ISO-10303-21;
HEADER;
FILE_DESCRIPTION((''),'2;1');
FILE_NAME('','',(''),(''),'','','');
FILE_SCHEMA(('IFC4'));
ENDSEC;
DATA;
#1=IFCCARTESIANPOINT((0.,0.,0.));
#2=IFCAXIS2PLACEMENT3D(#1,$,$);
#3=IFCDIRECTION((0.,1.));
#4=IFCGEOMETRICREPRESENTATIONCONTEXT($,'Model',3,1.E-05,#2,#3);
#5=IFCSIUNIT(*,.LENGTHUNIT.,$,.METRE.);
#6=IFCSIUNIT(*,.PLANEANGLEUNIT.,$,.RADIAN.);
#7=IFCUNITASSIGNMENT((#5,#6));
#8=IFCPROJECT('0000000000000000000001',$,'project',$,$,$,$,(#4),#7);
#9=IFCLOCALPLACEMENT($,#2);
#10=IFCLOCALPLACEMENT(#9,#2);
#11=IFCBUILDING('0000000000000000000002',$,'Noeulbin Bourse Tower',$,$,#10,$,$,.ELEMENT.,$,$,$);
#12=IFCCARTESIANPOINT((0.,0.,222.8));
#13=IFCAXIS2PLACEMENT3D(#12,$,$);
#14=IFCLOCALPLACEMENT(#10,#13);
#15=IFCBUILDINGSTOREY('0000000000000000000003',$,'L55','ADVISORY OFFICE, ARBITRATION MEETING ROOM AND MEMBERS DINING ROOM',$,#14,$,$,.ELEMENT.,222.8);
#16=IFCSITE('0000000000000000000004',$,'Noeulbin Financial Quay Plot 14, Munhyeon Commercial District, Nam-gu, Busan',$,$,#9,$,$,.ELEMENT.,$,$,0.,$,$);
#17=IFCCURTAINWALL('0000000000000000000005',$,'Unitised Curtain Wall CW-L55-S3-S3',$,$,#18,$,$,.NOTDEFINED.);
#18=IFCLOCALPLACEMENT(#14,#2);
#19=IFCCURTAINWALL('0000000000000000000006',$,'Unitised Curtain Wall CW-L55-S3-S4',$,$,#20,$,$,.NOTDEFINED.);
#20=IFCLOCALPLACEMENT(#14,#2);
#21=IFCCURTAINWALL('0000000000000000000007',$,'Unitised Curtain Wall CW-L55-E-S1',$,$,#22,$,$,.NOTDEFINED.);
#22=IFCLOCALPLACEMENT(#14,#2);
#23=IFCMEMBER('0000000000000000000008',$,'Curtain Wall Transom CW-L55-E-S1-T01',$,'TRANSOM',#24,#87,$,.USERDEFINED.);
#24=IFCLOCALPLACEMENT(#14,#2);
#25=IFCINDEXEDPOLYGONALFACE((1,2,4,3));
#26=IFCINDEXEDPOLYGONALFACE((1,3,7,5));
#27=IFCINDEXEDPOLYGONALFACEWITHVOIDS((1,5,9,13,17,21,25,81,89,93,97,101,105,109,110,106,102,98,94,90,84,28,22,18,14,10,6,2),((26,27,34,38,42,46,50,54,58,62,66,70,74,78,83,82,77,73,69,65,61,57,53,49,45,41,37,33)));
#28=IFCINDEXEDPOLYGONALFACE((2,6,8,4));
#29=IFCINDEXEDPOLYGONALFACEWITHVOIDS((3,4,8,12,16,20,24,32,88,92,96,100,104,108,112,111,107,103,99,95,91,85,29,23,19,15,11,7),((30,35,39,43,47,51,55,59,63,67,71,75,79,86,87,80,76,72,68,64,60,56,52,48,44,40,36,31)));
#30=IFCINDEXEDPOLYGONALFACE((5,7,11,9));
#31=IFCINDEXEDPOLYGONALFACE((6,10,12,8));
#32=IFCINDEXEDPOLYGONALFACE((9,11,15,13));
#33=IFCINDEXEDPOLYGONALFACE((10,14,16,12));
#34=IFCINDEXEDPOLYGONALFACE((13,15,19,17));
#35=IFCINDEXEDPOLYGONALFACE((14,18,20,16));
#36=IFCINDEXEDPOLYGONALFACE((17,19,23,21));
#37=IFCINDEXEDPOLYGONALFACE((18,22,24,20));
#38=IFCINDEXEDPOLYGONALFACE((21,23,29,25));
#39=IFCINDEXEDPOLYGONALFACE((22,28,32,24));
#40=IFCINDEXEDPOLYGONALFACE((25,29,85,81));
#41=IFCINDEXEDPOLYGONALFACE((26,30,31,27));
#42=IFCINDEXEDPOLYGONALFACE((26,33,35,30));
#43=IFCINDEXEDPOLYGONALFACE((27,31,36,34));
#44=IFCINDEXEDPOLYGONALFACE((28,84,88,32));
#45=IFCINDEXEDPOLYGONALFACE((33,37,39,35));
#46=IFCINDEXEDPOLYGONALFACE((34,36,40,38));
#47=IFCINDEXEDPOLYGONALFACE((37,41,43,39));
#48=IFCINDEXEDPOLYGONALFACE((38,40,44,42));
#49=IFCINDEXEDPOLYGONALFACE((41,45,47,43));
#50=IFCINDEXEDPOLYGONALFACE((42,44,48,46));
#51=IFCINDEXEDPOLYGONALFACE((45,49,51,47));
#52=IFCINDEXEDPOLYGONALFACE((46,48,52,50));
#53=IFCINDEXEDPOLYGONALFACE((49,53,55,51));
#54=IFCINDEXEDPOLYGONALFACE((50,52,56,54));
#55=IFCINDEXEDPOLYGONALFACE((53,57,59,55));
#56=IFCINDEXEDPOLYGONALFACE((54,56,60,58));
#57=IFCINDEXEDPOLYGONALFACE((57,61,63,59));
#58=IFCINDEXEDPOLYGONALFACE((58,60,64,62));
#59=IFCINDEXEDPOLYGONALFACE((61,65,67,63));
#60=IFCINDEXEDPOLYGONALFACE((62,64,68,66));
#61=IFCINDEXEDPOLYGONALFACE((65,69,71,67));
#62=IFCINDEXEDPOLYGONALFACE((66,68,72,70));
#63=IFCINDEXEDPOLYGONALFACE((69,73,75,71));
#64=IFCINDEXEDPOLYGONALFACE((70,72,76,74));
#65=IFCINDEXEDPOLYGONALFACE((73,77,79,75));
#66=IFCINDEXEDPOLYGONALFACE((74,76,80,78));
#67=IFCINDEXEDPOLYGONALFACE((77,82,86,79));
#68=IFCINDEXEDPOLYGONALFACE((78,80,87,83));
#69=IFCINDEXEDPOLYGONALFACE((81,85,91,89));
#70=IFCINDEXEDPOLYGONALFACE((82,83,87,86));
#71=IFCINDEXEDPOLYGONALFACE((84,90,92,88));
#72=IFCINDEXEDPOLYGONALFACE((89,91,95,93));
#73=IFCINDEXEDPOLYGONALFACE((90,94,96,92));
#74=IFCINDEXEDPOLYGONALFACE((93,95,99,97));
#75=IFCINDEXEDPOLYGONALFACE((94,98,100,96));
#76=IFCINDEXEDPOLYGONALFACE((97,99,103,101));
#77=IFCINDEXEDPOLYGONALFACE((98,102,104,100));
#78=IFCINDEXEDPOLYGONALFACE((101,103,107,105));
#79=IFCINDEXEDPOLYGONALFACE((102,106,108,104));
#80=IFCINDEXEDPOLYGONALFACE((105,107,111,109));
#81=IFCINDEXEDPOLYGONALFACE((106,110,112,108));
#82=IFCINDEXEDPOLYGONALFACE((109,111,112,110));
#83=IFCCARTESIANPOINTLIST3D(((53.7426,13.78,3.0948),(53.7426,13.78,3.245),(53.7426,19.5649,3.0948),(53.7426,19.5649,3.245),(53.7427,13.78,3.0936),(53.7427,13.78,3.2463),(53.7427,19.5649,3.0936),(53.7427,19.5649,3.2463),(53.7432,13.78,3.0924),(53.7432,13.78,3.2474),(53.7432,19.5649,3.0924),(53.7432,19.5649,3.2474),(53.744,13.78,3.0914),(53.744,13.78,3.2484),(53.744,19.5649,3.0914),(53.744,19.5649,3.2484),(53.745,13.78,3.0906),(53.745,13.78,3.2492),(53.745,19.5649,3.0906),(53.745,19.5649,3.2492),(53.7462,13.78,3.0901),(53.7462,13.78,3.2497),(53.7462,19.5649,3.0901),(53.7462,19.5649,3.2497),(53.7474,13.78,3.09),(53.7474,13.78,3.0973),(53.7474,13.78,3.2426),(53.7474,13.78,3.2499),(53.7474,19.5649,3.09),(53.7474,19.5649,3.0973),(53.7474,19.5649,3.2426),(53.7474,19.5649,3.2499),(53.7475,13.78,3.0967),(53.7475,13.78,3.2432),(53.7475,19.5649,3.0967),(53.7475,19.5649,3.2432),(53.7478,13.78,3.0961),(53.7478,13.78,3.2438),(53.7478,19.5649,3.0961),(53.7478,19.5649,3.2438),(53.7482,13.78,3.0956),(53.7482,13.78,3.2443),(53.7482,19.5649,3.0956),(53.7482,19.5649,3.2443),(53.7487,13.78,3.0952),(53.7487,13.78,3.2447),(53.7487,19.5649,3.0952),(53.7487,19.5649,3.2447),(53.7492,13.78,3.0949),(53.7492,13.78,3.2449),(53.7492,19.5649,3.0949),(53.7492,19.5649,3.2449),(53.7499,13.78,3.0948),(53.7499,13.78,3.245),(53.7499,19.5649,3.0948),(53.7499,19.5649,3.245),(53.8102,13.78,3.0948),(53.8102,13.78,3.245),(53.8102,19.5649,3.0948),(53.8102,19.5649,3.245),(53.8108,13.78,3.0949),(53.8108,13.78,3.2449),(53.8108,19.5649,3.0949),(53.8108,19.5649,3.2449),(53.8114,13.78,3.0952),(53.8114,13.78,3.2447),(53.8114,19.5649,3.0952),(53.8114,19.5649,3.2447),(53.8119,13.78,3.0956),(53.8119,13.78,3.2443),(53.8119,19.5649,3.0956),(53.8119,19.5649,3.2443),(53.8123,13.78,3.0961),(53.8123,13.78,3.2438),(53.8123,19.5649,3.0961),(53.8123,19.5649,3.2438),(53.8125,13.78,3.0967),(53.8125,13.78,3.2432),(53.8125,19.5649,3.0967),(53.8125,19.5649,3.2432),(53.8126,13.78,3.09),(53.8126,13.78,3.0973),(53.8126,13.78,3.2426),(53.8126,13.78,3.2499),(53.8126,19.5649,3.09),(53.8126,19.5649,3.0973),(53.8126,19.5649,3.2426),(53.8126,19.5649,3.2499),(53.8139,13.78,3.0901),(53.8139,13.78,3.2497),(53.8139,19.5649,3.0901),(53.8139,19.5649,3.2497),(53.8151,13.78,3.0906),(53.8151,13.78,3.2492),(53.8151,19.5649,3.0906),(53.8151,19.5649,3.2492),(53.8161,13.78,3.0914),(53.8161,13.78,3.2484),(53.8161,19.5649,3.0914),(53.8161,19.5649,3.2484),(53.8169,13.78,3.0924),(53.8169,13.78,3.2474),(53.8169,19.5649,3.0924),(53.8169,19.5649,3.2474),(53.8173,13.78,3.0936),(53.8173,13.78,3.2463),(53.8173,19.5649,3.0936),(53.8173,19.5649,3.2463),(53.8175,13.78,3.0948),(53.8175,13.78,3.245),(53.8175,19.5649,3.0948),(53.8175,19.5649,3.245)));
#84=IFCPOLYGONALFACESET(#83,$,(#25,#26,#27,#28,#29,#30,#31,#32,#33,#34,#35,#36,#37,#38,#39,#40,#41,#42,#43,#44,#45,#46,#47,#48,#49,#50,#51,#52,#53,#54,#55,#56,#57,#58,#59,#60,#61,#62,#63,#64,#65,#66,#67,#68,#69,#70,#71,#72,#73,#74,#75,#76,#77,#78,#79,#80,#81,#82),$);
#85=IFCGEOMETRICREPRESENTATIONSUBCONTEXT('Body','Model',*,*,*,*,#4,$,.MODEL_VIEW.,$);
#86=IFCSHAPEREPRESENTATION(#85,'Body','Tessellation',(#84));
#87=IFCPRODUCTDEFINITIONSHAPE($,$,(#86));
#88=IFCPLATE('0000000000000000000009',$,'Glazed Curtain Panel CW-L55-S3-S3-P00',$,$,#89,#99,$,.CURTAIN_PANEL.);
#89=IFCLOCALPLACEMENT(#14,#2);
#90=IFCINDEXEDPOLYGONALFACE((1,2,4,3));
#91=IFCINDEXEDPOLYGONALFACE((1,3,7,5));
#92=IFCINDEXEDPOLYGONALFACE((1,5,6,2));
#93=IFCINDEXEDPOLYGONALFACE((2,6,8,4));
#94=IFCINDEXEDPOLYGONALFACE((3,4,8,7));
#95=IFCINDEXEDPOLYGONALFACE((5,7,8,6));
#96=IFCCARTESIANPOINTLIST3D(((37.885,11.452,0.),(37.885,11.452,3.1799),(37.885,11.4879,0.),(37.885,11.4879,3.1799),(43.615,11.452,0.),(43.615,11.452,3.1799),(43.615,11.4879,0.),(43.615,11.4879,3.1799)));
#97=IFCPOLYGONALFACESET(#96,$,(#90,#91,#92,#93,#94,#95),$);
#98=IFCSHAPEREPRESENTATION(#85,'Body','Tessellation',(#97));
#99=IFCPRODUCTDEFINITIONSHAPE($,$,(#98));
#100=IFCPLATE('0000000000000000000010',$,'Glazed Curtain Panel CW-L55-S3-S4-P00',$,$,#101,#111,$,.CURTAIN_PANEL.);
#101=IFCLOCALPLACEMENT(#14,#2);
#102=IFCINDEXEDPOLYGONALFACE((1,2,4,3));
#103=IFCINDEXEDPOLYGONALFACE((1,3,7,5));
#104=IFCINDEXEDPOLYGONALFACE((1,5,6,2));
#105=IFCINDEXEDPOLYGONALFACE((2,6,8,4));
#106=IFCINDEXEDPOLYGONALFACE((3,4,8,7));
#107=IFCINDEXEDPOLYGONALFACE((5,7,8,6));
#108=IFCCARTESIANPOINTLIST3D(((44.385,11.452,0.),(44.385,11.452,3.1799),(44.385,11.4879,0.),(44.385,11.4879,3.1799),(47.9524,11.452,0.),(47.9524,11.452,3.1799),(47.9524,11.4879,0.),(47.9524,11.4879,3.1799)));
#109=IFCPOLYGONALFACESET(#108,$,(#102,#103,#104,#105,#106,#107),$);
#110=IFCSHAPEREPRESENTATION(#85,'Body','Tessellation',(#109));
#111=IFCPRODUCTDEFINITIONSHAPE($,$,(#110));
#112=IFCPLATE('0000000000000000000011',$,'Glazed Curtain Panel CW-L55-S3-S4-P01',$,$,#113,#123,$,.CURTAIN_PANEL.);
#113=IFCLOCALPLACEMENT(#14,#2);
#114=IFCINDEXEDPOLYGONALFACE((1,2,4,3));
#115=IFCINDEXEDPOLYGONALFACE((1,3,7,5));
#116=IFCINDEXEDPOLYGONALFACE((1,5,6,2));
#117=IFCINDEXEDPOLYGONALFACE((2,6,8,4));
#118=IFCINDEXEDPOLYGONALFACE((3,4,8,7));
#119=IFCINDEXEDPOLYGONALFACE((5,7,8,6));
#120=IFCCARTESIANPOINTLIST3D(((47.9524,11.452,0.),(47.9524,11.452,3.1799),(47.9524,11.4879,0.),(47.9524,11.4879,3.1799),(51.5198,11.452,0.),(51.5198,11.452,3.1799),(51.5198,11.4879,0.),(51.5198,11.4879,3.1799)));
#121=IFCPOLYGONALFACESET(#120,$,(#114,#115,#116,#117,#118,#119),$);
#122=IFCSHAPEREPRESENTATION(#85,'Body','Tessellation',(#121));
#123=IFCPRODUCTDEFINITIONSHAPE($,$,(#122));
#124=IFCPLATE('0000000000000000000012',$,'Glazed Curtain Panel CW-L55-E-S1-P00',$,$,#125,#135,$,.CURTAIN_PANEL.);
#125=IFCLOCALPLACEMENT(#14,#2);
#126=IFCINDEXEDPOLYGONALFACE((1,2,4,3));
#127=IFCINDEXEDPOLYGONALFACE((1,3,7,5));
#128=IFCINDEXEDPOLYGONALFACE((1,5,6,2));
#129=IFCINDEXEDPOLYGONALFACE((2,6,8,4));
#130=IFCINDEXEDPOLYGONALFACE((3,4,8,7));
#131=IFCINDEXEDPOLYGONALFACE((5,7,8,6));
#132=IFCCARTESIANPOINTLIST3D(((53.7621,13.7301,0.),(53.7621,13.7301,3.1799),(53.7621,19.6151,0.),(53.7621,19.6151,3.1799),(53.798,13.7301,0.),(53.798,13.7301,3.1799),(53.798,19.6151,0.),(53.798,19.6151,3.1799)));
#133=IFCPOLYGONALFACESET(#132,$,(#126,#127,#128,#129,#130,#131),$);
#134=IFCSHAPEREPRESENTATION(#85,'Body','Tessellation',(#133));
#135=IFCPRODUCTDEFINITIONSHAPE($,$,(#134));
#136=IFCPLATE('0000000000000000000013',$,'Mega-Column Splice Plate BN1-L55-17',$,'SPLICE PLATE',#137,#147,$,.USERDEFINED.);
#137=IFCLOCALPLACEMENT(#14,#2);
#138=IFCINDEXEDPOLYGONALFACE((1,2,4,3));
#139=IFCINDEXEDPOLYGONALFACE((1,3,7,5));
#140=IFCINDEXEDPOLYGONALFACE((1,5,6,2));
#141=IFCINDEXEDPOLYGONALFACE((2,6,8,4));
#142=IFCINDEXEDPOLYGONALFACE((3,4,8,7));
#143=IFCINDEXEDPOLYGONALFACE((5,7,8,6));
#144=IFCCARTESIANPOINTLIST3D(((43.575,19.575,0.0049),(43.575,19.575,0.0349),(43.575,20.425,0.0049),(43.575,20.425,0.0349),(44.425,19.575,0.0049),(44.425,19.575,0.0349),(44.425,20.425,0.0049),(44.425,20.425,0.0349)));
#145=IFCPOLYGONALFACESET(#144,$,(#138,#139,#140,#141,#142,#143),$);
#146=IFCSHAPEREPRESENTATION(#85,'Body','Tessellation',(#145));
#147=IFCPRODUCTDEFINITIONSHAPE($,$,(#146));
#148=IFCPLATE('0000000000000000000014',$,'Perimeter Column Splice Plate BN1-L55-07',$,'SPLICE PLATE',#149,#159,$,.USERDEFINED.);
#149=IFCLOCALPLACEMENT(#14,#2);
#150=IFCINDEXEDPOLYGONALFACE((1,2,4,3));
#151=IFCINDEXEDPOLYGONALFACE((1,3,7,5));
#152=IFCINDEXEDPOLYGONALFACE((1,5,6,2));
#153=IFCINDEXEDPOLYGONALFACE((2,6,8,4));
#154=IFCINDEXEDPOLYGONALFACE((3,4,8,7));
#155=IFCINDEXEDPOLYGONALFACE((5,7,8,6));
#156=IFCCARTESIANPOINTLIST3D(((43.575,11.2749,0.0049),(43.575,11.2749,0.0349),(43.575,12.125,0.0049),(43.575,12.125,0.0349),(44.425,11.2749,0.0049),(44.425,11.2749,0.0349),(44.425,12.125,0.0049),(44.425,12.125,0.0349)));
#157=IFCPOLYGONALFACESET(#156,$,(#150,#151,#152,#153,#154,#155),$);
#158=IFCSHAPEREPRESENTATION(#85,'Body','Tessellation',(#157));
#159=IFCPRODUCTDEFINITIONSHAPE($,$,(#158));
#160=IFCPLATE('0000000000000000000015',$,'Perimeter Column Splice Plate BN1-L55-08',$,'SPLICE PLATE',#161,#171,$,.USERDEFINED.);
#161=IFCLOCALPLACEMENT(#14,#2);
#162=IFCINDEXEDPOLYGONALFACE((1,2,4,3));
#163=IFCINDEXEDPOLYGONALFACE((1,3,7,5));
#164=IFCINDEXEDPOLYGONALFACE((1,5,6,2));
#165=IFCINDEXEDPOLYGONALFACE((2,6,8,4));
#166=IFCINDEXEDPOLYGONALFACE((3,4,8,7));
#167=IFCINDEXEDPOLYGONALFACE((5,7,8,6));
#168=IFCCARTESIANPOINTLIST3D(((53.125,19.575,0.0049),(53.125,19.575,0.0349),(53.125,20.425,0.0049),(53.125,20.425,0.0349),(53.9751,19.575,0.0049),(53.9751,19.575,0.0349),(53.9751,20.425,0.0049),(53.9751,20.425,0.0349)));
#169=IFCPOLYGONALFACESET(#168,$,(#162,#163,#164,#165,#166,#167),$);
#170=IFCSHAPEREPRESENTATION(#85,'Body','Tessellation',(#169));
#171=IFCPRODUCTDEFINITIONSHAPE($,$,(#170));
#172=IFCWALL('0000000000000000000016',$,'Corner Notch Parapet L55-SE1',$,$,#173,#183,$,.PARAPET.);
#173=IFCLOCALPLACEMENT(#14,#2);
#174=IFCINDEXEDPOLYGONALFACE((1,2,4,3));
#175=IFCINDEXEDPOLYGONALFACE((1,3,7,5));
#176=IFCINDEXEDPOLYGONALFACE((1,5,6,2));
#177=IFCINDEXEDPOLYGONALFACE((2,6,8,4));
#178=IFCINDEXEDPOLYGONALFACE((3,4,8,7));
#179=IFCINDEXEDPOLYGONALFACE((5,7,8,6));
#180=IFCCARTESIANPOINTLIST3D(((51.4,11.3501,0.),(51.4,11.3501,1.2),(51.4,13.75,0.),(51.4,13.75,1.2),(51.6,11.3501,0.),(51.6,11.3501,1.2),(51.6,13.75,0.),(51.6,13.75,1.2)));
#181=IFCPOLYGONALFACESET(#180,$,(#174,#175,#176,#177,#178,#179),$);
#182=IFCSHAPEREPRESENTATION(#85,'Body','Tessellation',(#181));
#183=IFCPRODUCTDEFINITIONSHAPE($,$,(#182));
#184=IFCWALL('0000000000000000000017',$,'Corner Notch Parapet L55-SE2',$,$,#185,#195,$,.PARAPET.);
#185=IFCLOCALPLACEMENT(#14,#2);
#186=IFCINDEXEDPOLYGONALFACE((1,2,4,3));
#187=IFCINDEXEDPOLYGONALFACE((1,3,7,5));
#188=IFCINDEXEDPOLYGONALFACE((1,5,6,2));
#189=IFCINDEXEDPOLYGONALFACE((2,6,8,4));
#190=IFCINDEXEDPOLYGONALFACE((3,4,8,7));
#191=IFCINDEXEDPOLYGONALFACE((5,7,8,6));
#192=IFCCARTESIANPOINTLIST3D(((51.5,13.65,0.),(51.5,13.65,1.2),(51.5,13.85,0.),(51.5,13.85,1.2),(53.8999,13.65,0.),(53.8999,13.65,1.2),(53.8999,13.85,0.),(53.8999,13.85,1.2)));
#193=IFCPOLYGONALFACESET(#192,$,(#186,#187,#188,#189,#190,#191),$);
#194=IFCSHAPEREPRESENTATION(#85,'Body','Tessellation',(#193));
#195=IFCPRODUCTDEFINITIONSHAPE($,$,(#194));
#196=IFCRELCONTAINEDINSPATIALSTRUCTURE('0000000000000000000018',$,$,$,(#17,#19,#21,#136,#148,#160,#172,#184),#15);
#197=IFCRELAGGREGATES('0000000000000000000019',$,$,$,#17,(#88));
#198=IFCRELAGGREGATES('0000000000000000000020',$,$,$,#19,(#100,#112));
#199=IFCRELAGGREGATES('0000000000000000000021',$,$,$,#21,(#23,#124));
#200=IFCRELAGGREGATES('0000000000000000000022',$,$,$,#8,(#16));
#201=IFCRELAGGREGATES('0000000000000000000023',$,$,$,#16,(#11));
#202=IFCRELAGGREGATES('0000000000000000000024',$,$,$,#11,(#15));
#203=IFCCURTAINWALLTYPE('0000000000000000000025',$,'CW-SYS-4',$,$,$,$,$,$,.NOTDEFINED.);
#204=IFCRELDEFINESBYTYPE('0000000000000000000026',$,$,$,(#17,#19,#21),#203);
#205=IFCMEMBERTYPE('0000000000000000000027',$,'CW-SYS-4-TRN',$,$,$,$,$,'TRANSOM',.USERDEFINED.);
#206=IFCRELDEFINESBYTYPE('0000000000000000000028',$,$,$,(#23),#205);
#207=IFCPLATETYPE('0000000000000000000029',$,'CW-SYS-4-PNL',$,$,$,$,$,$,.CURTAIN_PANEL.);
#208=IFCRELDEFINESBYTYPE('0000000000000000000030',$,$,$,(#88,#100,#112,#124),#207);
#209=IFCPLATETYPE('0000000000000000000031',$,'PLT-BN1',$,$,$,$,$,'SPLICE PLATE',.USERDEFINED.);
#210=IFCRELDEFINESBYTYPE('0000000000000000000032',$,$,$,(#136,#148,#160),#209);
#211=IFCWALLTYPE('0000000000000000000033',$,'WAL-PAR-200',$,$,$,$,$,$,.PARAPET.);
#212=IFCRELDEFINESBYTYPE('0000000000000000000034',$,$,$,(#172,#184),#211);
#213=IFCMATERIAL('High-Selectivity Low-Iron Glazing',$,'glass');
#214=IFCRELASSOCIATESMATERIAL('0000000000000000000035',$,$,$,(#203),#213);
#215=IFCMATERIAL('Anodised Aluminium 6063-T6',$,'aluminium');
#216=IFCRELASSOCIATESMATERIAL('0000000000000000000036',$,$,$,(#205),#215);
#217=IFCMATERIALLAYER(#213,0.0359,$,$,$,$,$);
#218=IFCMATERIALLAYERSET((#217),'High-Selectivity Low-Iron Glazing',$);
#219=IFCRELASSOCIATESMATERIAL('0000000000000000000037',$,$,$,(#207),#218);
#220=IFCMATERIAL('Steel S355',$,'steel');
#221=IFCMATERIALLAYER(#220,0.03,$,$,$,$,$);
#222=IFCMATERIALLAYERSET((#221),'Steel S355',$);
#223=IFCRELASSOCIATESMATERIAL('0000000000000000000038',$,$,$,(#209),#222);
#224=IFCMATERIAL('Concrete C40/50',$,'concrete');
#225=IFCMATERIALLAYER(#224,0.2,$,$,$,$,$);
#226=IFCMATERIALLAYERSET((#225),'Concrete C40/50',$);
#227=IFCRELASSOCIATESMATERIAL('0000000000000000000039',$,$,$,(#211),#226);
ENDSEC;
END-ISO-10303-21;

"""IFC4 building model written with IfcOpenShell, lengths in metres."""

from ifc_helpers import new_model, si_unit, direction, frame, frame_2d, origin, origin_2d, place, context, subcontext, project, spatial, rectangle, hollow_rectangle, extrude, material, layer, layer_set, material_profile, profile_set, type_object, element, aggregate, save


model = new_model("IFC4")

# Units and contexts
model_context = context("Model", 3, precision=1e-05, world=origin(), true_north=direction((0.0, 1.0)))
body_context = subcontext(model_context, "Body", "Model", "MODEL_VIEW")
ifc_project = project(units=[si_unit("LENGTHUNIT", "METRE"), si_unit("PLANEANGLEUNIT", "RADIAN")], contexts=[model_context])

# Site, building, storey
site_placement = place(None, origin())
site = spatial("IfcSite", under=ifc_project, at=site_placement, Name="Noeulbin Financial Quay Plot 14, Munhyeon Commercial District, Nam-gu, Busan", CompositionType="ELEMENT", RefElevation=0.0)
building_placement = place(site_placement, origin())
building = spatial("IfcBuilding", under=site, at=building_placement, Name="Noeulbin Bourse Tower", CompositionType="ELEMENT")
storey_placement = place(building_placement, frame((0.0, 0.0, 222.8)))
storey = spatial("IfcBuildingStorey", under=building, at=storey_placement, Name="L55", Description="ADVISORY OFFICE, ARBITRATION MEETING ROOM AND MEMBERS DINING ROOM", CompositionType="ELEMENT", Elevation=222.8)

# Shared definitions
ifc_material_1 = material(Name="Steel S355", Category="steel")

# Curtain walls
ifc_material_2 = material(Name="High-Selectivity Low-Iron Glazing", Category="glass")
curtain_wall_type = type_object("IfcCurtainWallType", Name="CW-SYS-4", PredefinedType="NOTDEFINED", material=ifc_material_2)
curtain_wall_1_placement = place(storey_placement, origin())
curtain_wall_1 = element("IfcCurtainWall", 1, at=curtain_wall_1_placement, inside=storey, type_object=curtain_wall_type, Name="Unitised Curtain Wall CW-L55-S3-S3", PredefinedType="NOTDEFINED")
ifc_material_3 = material(Name="Anodised Aluminium 6063-T6", Category="aluminium")
curtain_wall_2_placement = place(storey_placement, origin())
curtain_wall_2 = element("IfcCurtainWall", 2, at=curtain_wall_2_placement, inside=storey, type_object=curtain_wall_type, Name="Unitised Curtain Wall CW-L55-S3-S4", PredefinedType="NOTDEFINED")
curtain_wall_3_placement = place(storey_placement, origin())
curtain_wall_3 = element("IfcCurtainWall", 3, at=curtain_wall_3_placement, inside=storey, type_object=curtain_wall_type, Name="Unitised Curtain Wall CW-L55-E-S1", PredefinedType="NOTDEFINED")

# Member
ifc_material_profile_1 = material_profile(ifc_material_3, hollow_rectangle(XDim=0.075, YDim=0.1599, WallThickness=0.0049, InnerFilletRadius=0.0024, OuterFilletRadius=0.0049, at=origin_2d()), Name="ALU-TRAN-75x160x5", Category="LoadBearing")
ifc_profile_set_1 = profile_set([ifc_material_profile_1], Name="Anodised Aluminium 6063-T6")
member_type_1 = type_object("IfcMemberType", Name="CW-SYS-4-TRN", ElementType="TRANSOM", PredefinedType="USERDEFINED", material=ifc_profile_set_1)
member_1_placement = place(storey_placement, frame((53.78, 13.78, 3.1699), z_axis=(0.0, 1.0, 0.0), x_axis=(-1.0, 0.0, 0.0)))
member_1 = element("IfcMember", 4, at=member_1_placement, type_object=member_type_1, Name="Curtain Wall Transom CW-L55-E-S1-T01", ObjectType="TRANSOM", PredefinedType="USERDEFINED", context=body_context, shape_type="SweptSolid", body=[
    extrude(hollow_rectangle(XDim=0.075, YDim=0.1599, WallThickness=0.0049, InnerFilletRadius=0.0024, OuterFilletRadius=0.0049, at=origin_2d()), origin(), (0.0, 0.0, 1.0), 5.7849),
])

# Plates
ifc_layer_1 = layer(ifc_material_2, 0.0359)
ifc_layer_set_1 = layer_set([ifc_layer_1], Name="High-Selectivity Low-Iron Glazing")
plate_type_1 = type_object("IfcPlateType", Name="CW-SYS-4-PNL", PredefinedType="CURTAIN_PANEL", material=ifc_layer_set_1)
plate_1_placement = place(storey_placement, frame((40.75, 11.47, 0.0), z_axis=(0.0, 0.0, 1.0), x_axis=(1.0, 0.0, 0.0)))
plate_1 = element("IfcPlate", 5, at=plate_1_placement, type_object=plate_type_1, Name="Glazed Curtain Panel CW-L55-S3-S3-P00", PredefinedType="CURTAIN_PANEL", context=body_context, shape_type="SweptSolid", body=[
    extrude(rectangle(XDim=5.73, YDim=0.0359, at=origin_2d()), origin(), (0.0, 0.0, 1.0), 3.1799),
])
aggregate(curtain_wall_1, [plate_1])
plate_2_placement = place(storey_placement, frame((46.1687, 11.47, 0.0), z_axis=(0.0, 0.0, 1.0), x_axis=(1.0, 0.0, 0.0)))
plate_2 = element("IfcPlate", 6, at=plate_2_placement, type_object=plate_type_1, Name="Glazed Curtain Panel CW-L55-S3-S4-P00", PredefinedType="CURTAIN_PANEL", context=body_context, shape_type="SweptSolid", body=[
    extrude(rectangle(XDim=3.5674, YDim=0.0359, at=origin_2d()), origin(), (0.0, 0.0, 1.0), 3.1799),
])
plate_3_placement = place(storey_placement, frame((49.7361, 11.47, 0.0), z_axis=(0.0, 0.0, 1.0), x_axis=(1.0, 0.0, 0.0)))
plate_3 = element("IfcPlate", 7, at=plate_3_placement, type_object=plate_type_1, Name="Glazed Curtain Panel CW-L55-S3-S4-P01", PredefinedType="CURTAIN_PANEL", context=body_context, shape_type="SweptSolid", body=[
    extrude(rectangle(XDim=3.5674, YDim=0.0359, at=origin_2d()), origin(), (0.0, 0.0, 1.0), 3.1799),
])
aggregate(curtain_wall_2, [plate_2, plate_3])
plate_4_placement = place(storey_placement, frame((53.78, 16.6726, 0.0), z_axis=(0.0, 0.0, 1.0), x_axis=(0.0, 1.0, 0.0)))
plate_4 = element("IfcPlate", 8, at=plate_4_placement, type_object=plate_type_1, Name="Glazed Curtain Panel CW-L55-E-S1-P00", PredefinedType="CURTAIN_PANEL", context=body_context, shape_type="SweptSolid", body=[
    extrude(rectangle(XDim=5.885, YDim=0.0359, at=origin_2d()), origin(), (0.0, 0.0, 1.0), 3.1799),
])
aggregate(curtain_wall_3, [member_1, plate_4])

# Plates
ifc_layer_2 = layer(ifc_material_1, 0.03)
ifc_layer_set_2 = layer_set([ifc_layer_2], Name="Steel S355")
plate_type_2 = type_object("IfcPlateType", Name="PLT-BN1", ElementType="SPLICE PLATE", PredefinedType="USERDEFINED", material=ifc_layer_set_2)
for number, where, z_axis, x_axis, name in (
    (9, (44.0, 20.0, 0.0049), (0.0, 0.0, 1.0), (1.0, 0.0, 0.0), "Mega-Column Splice Plate BN1-L55-17"),
    (10, (44.0, 11.7, 0.0049), (0.0, 0.0, 1.0), (1.0, 0.0, 0.0), "Perimeter Column Splice Plate BN1-L55-07"),
    (11, (53.55, 20.0, 0.0049), (0.0, 0.0, 1.0), (1.0, 0.0, 0.0), "Perimeter Column Splice Plate BN1-L55-08"),
):
    element("IfcPlate", number, at=place(storey_placement, frame(where, z_axis=z_axis, x_axis=x_axis)), inside=storey, type_object=plate_type_2, Name=name, ObjectType="SPLICE PLATE", PredefinedType="USERDEFINED", context=body_context, shape_type="SweptSolid", body=[
        extrude(rectangle(XDim=0.8501, YDim=0.8501, at=origin_2d()), origin(), (0.0, 0.0, 1.0), 0.03),
    ])

# Walls
ifc_material_4 = material(Name="Concrete C40/50", Category="concrete")
ifc_layer_3 = layer(ifc_material_4, 0.2)
ifc_layer_set_3 = layer_set([ifc_layer_3], Name="Concrete C40/50")
wall_type_1 = type_object("IfcWallType", Name="WAL-PAR-200", PredefinedType="PARAPET", material=ifc_layer_set_3)
for number, where, z_axis, x_axis, name in (
    (12, (51.5, 11.3501, 0.0), (0.0, 0.0, 1.0), (0.0, 1.0, 0.0), "Corner Notch Parapet L55-SE1"),
    (13, (51.5, 13.75, 0.0), (0.0, 0.0, 1.0), (1.0, 0.0, 0.0), "Corner Notch Parapet L55-SE2"),
):
    element("IfcWall", number, at=place(storey_placement, frame(where, z_axis=z_axis, x_axis=x_axis)), inside=storey, type_object=wall_type_1, Name=name, PredefinedType="PARAPET", context=body_context, shape_type="SweptSolid", body=[
        extrude(rectangle(XDim=2.3999, YDim=0.2, at=frame_2d((1.2, 0.0))), origin(), (0.0, 0.0, 1.0), 1.2),
    ])

save(model, "model.ifc")
